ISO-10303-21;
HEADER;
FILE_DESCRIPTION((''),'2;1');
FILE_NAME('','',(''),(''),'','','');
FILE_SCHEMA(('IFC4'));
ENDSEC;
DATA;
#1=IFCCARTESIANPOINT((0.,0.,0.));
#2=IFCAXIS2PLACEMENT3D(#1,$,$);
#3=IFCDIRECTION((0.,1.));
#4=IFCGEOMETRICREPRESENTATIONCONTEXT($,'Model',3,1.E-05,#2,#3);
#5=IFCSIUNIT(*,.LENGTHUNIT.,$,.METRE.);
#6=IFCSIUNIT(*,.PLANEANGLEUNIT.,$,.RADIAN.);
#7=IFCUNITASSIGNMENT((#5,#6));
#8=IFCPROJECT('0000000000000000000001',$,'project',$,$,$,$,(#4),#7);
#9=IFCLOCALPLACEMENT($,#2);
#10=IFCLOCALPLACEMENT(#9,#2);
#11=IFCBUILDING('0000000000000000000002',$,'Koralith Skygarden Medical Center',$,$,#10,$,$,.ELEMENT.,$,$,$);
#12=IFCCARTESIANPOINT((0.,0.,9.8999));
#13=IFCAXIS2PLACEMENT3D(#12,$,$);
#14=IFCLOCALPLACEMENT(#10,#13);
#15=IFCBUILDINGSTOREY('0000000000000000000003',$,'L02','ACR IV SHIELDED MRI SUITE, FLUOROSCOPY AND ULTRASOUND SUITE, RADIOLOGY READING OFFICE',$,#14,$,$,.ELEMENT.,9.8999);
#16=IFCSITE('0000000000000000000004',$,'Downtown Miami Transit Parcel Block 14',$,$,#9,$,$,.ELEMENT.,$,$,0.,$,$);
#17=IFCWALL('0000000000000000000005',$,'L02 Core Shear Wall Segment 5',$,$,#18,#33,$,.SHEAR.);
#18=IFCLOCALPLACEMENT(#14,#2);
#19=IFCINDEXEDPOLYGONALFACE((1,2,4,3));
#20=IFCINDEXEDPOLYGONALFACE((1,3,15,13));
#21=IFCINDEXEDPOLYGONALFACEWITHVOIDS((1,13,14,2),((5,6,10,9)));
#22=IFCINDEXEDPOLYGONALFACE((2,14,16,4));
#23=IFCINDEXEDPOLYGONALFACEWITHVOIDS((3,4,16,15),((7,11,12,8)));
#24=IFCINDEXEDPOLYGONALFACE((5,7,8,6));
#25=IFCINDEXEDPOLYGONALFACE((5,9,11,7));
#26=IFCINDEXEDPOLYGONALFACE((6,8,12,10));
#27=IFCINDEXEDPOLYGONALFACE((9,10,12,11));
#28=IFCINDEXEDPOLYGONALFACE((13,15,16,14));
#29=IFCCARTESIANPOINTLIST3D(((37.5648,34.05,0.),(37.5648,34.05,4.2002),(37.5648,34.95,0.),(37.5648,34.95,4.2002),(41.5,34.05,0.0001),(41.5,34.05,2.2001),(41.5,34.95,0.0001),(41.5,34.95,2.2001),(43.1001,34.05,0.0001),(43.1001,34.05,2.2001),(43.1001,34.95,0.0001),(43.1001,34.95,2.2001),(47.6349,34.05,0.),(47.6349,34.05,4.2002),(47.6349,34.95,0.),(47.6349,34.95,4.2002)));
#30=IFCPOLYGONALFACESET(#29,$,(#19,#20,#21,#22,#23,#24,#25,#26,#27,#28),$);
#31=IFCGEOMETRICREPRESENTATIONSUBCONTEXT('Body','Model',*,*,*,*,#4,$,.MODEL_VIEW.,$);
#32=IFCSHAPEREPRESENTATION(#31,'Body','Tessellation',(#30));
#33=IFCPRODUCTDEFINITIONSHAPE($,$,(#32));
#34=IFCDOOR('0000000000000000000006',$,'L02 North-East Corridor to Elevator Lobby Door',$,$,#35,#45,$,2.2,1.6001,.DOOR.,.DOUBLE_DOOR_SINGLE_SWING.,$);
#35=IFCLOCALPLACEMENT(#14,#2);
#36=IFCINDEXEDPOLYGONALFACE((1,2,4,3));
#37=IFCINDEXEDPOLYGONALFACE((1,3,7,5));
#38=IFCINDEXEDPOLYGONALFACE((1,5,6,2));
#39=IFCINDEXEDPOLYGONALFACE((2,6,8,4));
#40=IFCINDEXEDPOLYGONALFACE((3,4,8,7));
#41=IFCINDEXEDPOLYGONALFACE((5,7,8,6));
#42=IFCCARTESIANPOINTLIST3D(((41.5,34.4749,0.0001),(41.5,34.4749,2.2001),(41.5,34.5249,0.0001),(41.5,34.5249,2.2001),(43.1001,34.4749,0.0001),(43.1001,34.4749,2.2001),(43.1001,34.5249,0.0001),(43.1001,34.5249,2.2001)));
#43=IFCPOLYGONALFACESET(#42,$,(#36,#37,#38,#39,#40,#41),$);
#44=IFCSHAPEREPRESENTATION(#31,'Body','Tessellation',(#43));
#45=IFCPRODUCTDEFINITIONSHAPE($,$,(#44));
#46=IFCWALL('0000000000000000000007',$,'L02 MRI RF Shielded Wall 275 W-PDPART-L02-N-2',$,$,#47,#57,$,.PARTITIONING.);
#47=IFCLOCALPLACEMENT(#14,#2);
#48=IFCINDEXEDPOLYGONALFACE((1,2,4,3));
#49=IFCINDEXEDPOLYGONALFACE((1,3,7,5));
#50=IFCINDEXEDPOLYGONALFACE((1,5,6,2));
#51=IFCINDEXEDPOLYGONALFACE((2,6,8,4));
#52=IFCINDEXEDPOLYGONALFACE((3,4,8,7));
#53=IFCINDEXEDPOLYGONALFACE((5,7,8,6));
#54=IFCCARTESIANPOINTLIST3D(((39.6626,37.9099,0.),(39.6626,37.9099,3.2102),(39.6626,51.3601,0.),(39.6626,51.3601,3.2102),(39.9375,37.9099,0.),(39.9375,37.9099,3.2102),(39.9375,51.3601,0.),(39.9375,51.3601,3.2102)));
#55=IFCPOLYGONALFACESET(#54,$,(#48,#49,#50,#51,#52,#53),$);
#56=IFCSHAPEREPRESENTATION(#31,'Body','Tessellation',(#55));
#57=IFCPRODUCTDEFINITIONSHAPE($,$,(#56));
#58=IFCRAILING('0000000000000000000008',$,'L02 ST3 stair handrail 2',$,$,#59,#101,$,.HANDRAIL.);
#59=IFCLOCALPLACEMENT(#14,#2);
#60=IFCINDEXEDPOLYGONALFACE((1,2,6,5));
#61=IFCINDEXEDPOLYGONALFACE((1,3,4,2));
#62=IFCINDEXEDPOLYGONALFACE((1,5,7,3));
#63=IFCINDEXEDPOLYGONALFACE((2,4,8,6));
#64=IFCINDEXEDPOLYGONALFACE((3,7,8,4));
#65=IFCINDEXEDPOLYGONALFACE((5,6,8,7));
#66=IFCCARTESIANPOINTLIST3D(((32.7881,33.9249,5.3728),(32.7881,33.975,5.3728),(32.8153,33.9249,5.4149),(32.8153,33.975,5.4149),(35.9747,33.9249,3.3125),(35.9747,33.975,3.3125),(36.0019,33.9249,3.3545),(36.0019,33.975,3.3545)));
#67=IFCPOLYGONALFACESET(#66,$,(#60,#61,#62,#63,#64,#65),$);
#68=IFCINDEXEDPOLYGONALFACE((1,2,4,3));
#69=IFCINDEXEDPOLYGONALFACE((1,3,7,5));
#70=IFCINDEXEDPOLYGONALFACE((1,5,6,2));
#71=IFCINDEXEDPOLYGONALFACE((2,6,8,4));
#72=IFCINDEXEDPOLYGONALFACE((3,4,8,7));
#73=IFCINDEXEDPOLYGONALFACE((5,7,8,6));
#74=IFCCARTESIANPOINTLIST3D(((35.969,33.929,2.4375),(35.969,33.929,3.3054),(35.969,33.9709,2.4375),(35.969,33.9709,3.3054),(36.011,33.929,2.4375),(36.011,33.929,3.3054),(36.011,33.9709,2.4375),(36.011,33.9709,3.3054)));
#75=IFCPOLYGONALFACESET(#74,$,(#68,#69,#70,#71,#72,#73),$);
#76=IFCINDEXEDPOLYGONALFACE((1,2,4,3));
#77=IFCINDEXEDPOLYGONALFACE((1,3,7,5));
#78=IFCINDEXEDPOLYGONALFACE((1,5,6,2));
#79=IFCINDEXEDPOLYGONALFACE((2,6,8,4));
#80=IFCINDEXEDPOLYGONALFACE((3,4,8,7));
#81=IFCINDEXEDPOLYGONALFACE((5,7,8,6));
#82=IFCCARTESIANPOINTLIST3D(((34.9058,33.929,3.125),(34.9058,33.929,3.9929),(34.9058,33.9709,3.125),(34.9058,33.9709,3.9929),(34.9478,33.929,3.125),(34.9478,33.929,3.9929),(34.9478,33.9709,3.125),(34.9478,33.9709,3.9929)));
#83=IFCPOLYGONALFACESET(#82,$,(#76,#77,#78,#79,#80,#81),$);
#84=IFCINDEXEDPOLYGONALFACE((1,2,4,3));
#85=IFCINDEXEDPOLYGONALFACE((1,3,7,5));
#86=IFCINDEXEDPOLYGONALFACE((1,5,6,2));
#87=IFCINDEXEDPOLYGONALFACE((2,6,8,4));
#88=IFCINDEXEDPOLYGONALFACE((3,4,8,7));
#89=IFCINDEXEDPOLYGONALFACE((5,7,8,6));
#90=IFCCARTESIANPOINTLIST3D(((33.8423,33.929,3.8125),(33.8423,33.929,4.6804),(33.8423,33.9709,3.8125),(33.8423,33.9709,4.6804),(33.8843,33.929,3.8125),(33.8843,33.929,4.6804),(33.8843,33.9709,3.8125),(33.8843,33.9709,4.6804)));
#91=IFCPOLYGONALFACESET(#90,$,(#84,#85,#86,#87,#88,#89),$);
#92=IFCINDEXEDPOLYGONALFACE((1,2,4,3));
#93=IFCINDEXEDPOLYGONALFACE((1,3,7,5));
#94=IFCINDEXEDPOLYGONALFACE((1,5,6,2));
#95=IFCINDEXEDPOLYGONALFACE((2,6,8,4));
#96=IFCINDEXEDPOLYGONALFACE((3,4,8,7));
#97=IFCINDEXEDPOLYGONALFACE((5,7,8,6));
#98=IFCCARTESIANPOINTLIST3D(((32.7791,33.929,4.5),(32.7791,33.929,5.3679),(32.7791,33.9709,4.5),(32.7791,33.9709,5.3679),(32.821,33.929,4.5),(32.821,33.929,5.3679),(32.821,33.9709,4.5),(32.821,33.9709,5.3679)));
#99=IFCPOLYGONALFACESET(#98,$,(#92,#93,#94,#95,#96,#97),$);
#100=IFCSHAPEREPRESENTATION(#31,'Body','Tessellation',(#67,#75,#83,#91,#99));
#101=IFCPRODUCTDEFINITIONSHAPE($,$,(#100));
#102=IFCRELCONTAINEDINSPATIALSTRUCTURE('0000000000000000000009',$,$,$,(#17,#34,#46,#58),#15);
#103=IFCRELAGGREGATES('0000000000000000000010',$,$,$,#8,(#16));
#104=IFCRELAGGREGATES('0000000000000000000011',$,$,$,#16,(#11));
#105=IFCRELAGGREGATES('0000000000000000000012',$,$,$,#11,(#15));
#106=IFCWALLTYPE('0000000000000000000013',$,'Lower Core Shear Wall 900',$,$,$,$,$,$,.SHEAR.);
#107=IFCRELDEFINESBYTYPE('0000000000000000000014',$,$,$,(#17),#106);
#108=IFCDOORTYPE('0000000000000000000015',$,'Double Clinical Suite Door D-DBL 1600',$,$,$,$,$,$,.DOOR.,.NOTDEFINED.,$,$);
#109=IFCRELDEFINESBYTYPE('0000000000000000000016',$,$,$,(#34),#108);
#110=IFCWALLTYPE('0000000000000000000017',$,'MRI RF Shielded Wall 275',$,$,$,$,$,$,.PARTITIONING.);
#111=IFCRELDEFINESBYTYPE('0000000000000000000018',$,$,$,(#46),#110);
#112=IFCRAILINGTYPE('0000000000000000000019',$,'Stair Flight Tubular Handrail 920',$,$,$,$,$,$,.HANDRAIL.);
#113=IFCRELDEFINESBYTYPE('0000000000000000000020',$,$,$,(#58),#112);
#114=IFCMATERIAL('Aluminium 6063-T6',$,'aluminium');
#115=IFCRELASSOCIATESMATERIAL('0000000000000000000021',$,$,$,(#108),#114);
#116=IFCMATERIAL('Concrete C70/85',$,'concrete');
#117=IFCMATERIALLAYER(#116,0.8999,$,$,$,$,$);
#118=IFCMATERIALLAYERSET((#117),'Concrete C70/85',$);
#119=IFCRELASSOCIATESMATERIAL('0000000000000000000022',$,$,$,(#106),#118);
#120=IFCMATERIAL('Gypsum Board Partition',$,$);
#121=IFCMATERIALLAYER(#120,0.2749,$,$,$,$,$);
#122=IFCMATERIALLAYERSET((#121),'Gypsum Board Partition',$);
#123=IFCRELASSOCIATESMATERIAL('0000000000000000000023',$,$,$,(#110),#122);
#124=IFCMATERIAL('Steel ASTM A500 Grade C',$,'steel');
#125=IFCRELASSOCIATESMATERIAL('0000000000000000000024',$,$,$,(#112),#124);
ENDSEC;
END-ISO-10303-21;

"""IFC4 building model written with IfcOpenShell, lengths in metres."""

from ifc_helpers import new_model, si_unit, direction, frame, frame_2d, origin, origin_2d, place, context, subcontext, project, spatial, rectangle, extrude, material, layer, layer_set, type_object, element, fill, save


model = new_model("IFC4")

# Units and contexts
model_context = context("Model", 3, precision=1e-05, world=origin(), true_north=direction((0.0, 1.0)))
body_context = subcontext(model_context, "Body", "Model", "MODEL_VIEW")
ifc_project = project(units=[si_unit("LENGTHUNIT", "METRE"), si_unit("PLANEANGLEUNIT", "RADIAN")], contexts=[model_context])

# Site, building, storey
site_placement = place(None, origin())
site = spatial("IfcSite", under=ifc_project, at=site_placement, Name="Downtown Miami Transit Parcel Block 14", CompositionType="ELEMENT", RefElevation=0.0)
building_placement = place(site_placement, origin())
building = spatial("IfcBuilding", under=site, at=building_placement, Name="Koralith Skygarden Medical Center", CompositionType="ELEMENT")
storey_placement = place(building_placement, frame((0.0, 0.0, 9.8999)))
storey = spatial("IfcBuildingStorey", under=building, at=storey_placement, Name="L02", Description="ACR IV SHIELDED MRI SUITE, FLUOROSCOPY AND ULTRASOUND SUITE, RADIOLOGY READING OFFICE", CompositionType="ELEMENT", Elevation=9.8999)

# Shared definitions
ifc_material_1 = material(Name="Concrete C70/85", Category="concrete")

# Shared definitions
ifc_material_2 = material(Name="Aluminium 6063-T6", Category="aluminium")

# Shared definitions
ifc_material_3 = material(Name="Gypsum Board Partition")

# Wall, opening, door
door_type_1 = type_object("IfcDoorType", Name="Double Clinical Suite Door D-DBL 1600", OperationType="NOTDEFINED", PredefinedType="DOOR", material=ifc_material_2)
ifc_material_4 = material(Name="Steel ASTM A500 Grade C", Category="steel")
ifc_layer_1 = layer(ifc_material_1, 0.8999)
ifc_layer_set_1 = layer_set([ifc_layer_1], Name="Concrete C70/85")
wall_type_1 = type_object("IfcWallType", Name="Lower Core Shear Wall 900", PredefinedType="SHEAR", material=ifc_layer_set_1)
wall_1_placement = place(storey_placement, frame((47.635, 34.5, 0.0), z_axis=(0.0, 0.0, 1.0), x_axis=(-1.0, 0.0, 0.0)))
wall_1 = element("IfcWall", 1, at=wall_1_placement, inside=storey, type_object=wall_type_1, Name="L02 Core Shear Wall Segment 5", PredefinedType="SHEAR", context=body_context, shape_type="SweptSolid", body=[
    extrude(rectangle(XDim=10.0701, YDim=0.8999, at=frame_2d((5.0352, 0.0))), origin(), (0.0, 0.0, 1.0), 4.2002),
])
opening_1_placement = place(wall_1_placement, frame((4.5349, 0.0, 0.0)))
opening_1 = element("IfcOpeningElement", 2, at=opening_1_placement, cuts=wall_1, PredefinedType="OPENING", context=body_context, shape_type="SweptSolid", body=[
    extrude(rectangle(XDim=1.6001, YDim=2.2, at=frame_2d((0.8, 1.1001))), frame((0.0, 0.46, 0.0), z_axis=(0.0, -1.0, 0.0), x_axis=(1.0, 0.0, 0.0)), (0.0, 0.0, 1.0), 0.9199),
])
door_1_placement = place(opening_1_placement, frame((1.6001, 0.0, 0.0), z_axis=(0.0, 0.0, 1.0), x_axis=(-1.0, 0.0, 0.0)))
door_1 = element("IfcDoor", 3, at=door_1_placement, inside=storey, type_object=door_type_1, Name="L02 North-East Corridor to Elevator Lobby Door", OperationType="DOUBLE_DOOR_SINGLE_SWING", OverallHeight=2.2, OverallWidth=1.6001, PredefinedType="DOOR", context=body_context, shape_type="SweptSolid", body=[
    extrude(rectangle(XDim=1.6001, YDim=2.2, at=frame_2d((0.8, 1.1001))), frame((0.0, 0.0249, 0.0), z_axis=(0.0, -1.0, 0.0), x_axis=(1.0, 0.0, 0.0)), (0.0, 0.0, 1.0), 0.05),
])
fill(opening_1, door_1)

# Wall
ifc_layer_2 = layer(ifc_material_3, 0.2749)
ifc_layer_set_2 = layer_set([ifc_layer_2], Name="Gypsum Board Partition")
wall_type_2 = type_object("IfcWallType", Name="MRI RF Shielded Wall 275", PredefinedType="PARTITIONING", material=ifc_layer_set_2)
wall_2_placement = place(storey_placement, frame((39.8, 37.9099, 0.0), z_axis=(0.0, 0.0, 1.0), x_axis=(0.0, 1.0, 0.0)))
element("IfcWall", 4, at=wall_2_placement, inside=storey, type_object=wall_type_2, Name="L02 MRI RF Shielded Wall 275 W-PDPART-L02-N-2", PredefinedType="PARTITIONING", context=body_context, shape_type="SweptSolid", body=[
    extrude(rectangle(XDim=13.4502, YDim=0.2749, at=frame_2d((6.7251, 0.0))), origin(), (0.0, 0.0, 1.0), 3.2102),
])

# Railing
railing_type = type_object("IfcRailingType", Name="Stair Flight Tubular Handrail 920", PredefinedType="HANDRAIL", material=ifc_material_4)
railing_placement = place(storey_placement, frame((35.99, 33.95, 2.4375)))
element("IfcRailing", 5, at=railing_placement, inside=storey, type_object=railing_type, Name="L02 ST3 stair handrail 2", PredefinedType="HANDRAIL", context=body_context, shape_type="SweptSolid", body=[
    extrude(rectangle(XDim=0.05, YDim=0.05, at=origin_2d()), frame((-0.0017, 0.0, 0.896), z_axis=(-0.83976, 0.0, 0.542958), x_axis=(0.0, -1.0, 0.0)), (0.0, 0.0, 1.0), 3.7947),
    extrude(rectangle(XDim=0.042, YDim=0.042, at=origin_2d()), origin(), (0.0, 0.0, 1.0), 0.8679),
    extrude(rectangle(XDim=0.042, YDim=0.042, at=origin_2d()), frame((-1.0632, 0.0, 0.6875)), (0.0, 0.0, 1.0), 0.8679),
    extrude(rectangle(XDim=0.042, YDim=0.042, at=origin_2d()), frame((-2.1267, 0.0, 1.375)), (0.0, 0.0, 1.0), 0.8679),
    extrude(rectangle(XDim=0.042, YDim=0.042, at=origin_2d()), frame((-3.1899, 0.0, 2.0625)), (0.0, 0.0, 1.0), 0.8679),
])

save(model, "model.ifc")
